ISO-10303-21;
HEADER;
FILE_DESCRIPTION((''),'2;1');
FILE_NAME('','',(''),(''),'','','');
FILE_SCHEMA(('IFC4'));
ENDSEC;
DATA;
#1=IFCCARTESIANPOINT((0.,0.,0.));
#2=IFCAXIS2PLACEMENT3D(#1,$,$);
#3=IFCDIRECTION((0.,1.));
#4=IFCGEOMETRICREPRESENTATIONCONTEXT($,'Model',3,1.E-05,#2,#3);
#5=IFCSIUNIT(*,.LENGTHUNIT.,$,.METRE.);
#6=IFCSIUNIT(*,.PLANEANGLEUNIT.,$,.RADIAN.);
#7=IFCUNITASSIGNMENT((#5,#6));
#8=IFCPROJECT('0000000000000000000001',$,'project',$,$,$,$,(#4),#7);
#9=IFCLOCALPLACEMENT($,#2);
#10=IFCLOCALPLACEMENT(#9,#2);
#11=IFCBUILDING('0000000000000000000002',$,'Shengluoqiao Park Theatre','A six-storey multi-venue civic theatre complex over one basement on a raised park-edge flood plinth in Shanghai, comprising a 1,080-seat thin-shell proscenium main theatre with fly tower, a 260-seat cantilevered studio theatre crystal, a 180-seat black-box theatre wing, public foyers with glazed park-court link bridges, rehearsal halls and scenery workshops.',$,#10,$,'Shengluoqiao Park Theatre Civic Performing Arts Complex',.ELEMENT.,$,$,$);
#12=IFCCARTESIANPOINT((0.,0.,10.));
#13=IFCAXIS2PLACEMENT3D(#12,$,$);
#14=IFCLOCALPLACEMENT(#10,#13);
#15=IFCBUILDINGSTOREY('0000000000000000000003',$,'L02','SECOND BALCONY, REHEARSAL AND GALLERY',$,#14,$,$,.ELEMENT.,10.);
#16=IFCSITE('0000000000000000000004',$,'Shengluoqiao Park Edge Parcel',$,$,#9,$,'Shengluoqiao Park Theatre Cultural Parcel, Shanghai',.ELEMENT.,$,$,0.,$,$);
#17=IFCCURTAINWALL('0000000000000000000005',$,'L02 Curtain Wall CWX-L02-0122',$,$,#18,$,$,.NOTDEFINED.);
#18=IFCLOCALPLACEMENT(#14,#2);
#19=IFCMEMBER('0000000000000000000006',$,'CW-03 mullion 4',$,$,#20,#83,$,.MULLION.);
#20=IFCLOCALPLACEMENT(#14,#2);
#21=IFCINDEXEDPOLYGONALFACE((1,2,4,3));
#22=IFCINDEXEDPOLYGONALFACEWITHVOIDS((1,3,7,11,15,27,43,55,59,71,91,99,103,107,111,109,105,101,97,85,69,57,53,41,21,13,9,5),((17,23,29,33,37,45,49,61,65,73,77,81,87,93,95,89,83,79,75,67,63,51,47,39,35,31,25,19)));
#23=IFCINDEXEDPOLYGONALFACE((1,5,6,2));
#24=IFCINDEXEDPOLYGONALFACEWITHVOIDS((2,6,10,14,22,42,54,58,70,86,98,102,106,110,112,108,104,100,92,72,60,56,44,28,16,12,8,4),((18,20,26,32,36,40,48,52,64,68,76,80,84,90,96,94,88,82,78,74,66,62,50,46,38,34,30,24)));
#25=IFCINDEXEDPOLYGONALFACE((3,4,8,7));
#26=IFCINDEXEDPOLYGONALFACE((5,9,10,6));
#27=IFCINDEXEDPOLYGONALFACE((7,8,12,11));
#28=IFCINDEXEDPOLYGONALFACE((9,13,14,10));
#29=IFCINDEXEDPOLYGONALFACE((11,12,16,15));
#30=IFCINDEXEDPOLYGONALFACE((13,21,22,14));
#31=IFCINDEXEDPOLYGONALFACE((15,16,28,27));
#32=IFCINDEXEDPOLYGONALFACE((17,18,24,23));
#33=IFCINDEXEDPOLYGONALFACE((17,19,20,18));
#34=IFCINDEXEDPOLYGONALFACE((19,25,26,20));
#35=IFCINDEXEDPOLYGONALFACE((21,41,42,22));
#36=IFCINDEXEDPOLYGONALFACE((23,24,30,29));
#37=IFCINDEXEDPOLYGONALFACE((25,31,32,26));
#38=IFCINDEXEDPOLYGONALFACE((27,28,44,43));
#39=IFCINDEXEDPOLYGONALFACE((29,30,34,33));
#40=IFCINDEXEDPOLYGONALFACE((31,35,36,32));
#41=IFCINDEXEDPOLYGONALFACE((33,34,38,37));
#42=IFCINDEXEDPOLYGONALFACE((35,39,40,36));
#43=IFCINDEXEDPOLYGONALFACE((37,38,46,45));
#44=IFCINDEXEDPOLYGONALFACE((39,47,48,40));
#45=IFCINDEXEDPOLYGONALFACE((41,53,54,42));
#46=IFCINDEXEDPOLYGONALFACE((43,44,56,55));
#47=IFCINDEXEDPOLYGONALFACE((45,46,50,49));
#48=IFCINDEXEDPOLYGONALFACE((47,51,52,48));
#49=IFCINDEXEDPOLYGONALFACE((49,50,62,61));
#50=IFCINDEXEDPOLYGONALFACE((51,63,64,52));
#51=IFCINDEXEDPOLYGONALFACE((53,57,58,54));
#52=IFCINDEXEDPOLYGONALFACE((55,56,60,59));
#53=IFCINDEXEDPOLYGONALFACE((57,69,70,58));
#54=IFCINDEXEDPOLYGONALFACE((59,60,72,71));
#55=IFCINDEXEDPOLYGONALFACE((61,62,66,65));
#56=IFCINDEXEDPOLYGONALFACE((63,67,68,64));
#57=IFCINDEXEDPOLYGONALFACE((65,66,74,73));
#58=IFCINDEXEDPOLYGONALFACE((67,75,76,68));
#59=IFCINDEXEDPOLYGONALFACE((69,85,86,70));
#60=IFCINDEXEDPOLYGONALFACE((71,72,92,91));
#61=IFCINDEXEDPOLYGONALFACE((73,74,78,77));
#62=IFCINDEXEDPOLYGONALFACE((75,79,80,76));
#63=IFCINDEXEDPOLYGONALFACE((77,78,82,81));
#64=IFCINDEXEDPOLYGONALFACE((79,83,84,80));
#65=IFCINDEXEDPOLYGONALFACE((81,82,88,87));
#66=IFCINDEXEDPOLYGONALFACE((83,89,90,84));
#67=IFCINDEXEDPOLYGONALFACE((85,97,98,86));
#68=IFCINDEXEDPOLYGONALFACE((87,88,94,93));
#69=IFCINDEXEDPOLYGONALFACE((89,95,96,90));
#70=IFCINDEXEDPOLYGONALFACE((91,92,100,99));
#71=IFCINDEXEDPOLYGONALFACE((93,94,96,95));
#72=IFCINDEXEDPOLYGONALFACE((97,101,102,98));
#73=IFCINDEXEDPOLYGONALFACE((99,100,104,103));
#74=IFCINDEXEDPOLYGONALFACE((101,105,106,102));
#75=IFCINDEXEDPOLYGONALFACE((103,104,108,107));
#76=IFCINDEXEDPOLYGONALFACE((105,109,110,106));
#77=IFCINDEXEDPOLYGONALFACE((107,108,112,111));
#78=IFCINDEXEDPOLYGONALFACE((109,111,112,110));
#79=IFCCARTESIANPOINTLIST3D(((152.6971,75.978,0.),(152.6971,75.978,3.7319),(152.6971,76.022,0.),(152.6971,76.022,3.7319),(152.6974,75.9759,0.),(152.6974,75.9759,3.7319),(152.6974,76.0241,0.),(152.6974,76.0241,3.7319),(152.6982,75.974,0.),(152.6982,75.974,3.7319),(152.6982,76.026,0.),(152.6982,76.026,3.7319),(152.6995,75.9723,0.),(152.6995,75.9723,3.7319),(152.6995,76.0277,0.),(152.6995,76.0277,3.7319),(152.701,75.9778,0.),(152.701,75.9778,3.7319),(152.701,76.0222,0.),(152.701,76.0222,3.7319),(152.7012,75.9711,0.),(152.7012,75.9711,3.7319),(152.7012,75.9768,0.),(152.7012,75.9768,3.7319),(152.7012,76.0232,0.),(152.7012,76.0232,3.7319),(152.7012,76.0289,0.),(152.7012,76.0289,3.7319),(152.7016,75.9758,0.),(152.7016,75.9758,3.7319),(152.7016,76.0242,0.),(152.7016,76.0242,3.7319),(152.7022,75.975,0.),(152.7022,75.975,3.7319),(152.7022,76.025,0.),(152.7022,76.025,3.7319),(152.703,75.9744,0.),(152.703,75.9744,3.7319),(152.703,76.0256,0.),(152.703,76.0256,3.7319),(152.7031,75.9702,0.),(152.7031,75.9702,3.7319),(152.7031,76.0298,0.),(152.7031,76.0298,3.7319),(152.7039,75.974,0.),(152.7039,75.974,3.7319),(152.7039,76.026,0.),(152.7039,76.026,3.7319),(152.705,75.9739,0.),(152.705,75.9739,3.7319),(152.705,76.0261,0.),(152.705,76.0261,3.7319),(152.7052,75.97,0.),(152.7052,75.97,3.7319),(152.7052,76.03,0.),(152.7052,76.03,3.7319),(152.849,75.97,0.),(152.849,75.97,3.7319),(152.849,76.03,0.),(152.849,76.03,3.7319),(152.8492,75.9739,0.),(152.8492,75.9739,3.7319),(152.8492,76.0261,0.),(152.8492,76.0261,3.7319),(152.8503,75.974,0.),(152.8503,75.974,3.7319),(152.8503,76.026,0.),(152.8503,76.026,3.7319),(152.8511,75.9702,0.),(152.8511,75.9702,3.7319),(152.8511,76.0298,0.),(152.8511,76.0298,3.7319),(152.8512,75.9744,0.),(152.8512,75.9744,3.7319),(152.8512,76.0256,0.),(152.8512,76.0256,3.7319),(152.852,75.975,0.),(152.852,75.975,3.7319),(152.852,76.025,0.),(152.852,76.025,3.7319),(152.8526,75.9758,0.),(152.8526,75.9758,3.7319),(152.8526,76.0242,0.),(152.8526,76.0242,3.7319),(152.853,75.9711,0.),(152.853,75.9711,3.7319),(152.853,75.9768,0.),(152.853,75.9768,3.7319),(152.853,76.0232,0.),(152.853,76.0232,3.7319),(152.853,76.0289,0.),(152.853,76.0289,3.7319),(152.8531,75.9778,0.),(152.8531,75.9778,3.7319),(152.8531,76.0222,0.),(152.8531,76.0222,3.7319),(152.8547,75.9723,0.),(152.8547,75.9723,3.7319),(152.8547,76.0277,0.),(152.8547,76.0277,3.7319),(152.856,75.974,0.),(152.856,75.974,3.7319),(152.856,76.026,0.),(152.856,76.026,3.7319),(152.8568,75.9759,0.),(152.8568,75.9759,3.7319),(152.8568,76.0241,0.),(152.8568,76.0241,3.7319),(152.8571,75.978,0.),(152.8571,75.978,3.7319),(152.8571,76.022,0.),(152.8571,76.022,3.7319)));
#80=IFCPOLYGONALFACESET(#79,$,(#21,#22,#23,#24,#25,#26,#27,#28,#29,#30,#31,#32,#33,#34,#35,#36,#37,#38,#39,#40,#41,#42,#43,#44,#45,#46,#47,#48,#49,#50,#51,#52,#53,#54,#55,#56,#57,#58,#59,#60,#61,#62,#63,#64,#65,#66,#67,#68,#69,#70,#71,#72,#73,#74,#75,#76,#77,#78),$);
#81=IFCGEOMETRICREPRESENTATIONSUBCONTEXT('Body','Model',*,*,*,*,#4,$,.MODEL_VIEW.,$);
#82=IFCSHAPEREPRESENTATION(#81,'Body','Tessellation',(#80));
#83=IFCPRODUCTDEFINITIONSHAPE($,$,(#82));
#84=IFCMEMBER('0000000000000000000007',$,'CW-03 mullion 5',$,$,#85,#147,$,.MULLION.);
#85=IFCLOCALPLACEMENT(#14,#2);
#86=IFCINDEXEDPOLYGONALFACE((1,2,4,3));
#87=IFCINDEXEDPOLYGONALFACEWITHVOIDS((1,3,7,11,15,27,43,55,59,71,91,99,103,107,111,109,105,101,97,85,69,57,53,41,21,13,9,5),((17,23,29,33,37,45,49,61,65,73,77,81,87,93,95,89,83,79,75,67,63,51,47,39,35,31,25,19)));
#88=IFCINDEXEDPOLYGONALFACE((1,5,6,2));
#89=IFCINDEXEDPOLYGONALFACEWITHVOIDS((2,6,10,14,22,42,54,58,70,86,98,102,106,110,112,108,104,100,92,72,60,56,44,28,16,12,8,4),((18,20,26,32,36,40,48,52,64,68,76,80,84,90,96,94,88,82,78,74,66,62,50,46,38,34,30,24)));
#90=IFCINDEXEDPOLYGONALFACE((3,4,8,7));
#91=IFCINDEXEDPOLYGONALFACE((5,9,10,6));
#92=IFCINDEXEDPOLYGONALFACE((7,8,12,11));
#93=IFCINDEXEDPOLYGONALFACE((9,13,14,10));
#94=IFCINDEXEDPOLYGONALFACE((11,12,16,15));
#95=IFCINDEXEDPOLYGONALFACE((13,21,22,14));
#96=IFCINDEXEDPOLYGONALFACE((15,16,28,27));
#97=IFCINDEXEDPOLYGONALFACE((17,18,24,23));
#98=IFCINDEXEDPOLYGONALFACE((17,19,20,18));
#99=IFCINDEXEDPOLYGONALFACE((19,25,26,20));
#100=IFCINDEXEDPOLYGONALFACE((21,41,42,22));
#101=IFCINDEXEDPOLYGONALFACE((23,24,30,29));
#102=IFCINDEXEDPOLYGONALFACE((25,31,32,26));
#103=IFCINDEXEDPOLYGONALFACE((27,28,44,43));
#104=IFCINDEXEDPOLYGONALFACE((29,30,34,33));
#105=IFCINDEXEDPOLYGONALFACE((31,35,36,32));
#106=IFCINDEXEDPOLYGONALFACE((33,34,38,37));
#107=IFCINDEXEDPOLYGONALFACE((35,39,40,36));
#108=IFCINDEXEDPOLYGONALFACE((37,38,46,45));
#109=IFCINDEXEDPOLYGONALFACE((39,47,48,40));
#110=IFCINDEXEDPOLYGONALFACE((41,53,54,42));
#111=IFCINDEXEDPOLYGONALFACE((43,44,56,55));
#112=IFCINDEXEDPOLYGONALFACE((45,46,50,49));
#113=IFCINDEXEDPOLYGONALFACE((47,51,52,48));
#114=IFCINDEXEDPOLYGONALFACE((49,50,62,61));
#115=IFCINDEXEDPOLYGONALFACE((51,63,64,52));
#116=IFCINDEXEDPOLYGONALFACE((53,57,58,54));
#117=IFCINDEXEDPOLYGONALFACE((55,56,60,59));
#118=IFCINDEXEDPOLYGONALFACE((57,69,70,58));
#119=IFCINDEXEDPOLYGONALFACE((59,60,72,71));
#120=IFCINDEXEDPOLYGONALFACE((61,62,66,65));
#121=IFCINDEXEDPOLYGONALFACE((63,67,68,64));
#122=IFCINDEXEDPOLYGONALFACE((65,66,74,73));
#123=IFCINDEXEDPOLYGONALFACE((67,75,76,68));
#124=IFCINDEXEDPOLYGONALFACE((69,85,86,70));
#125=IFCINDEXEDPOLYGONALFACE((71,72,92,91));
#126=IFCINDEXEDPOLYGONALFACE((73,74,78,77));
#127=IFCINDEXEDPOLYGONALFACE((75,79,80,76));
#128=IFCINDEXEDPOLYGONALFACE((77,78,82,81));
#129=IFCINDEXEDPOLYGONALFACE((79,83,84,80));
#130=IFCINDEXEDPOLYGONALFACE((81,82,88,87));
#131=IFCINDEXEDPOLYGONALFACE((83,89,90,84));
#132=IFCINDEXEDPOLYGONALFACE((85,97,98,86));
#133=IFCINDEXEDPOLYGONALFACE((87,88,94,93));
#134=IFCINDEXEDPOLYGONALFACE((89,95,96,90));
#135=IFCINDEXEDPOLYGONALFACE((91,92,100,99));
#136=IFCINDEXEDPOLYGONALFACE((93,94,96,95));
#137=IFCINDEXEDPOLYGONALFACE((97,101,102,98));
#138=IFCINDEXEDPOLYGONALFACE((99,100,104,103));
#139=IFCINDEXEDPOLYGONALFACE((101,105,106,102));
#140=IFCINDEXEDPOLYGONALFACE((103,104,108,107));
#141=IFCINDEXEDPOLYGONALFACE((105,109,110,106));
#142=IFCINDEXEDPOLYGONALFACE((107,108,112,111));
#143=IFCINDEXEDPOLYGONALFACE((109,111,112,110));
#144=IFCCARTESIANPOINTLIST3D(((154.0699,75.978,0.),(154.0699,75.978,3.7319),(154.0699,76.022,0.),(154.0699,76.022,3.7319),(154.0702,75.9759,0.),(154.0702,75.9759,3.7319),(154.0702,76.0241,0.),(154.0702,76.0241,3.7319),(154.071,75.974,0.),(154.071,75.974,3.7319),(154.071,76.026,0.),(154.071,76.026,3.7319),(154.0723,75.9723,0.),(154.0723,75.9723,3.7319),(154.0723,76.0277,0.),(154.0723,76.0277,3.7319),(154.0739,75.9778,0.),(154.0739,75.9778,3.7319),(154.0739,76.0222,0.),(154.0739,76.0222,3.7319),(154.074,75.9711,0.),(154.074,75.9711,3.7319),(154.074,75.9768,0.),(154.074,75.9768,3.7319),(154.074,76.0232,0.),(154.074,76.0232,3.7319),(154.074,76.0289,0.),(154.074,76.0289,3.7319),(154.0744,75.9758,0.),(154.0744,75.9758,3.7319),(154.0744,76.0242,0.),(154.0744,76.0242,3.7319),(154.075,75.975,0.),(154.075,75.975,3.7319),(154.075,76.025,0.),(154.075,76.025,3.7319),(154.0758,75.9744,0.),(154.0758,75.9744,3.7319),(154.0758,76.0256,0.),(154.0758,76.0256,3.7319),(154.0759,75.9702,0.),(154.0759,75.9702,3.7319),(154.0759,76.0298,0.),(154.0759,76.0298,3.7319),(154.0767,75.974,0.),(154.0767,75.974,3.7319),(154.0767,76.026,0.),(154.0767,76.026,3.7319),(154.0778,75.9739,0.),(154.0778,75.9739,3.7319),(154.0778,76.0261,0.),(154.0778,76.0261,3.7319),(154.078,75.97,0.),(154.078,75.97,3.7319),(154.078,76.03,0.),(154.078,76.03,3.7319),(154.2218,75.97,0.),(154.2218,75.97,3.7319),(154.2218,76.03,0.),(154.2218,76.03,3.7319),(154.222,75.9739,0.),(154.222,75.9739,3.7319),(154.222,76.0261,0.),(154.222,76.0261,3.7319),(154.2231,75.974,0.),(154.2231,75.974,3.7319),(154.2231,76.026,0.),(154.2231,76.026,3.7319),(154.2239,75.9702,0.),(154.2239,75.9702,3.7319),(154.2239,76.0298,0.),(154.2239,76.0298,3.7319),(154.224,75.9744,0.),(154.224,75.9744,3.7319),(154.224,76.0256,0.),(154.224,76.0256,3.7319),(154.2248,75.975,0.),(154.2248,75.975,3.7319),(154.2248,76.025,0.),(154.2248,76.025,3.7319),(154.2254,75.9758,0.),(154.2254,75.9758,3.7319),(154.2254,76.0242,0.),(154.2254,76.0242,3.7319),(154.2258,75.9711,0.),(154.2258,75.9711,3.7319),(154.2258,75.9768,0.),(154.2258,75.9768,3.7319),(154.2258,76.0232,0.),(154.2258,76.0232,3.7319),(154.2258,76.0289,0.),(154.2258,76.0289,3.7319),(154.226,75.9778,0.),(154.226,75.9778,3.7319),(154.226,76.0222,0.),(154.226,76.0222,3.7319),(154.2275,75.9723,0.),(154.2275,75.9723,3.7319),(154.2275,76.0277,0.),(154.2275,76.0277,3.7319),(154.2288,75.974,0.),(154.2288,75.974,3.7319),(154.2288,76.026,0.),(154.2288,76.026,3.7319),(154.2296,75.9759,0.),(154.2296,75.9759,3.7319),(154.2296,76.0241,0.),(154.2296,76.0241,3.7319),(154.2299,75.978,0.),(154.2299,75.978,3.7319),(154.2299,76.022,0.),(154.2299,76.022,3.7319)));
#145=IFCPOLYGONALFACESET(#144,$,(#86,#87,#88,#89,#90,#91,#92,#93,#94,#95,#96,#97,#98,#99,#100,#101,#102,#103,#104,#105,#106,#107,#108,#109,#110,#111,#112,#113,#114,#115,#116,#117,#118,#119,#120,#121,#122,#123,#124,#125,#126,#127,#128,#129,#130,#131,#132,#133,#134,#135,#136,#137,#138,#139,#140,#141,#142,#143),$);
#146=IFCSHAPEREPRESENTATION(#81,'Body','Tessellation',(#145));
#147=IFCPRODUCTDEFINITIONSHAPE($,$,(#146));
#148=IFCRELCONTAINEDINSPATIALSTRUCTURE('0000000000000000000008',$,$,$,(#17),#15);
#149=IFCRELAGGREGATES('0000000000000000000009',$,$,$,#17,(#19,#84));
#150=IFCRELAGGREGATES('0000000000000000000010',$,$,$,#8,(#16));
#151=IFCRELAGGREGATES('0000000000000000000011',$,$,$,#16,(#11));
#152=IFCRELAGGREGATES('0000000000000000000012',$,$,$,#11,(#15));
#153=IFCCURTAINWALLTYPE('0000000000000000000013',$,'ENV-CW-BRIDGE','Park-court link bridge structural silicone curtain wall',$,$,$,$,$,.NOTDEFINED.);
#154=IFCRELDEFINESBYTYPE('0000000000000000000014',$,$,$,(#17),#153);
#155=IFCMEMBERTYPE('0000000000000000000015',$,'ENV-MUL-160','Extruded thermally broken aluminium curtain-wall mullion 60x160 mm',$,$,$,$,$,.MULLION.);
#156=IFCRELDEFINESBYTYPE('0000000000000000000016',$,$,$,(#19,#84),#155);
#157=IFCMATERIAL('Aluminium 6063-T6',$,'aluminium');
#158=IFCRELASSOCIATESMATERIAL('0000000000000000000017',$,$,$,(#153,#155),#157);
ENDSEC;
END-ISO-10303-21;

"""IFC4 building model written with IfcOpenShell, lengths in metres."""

from ifc_helpers import new_model, si_unit, direction, frame, origin, origin_2d, place, context, subcontext, project, spatial, hollow_rectangle, extrude, material, material_profile, profile_set, type_object, element, aggregate, save


model = new_model("IFC4")

# Units and contexts
model_context = context("Model", 3, precision=1e-05, world=origin(), true_north=direction((0.0, 1.0)))
body_context = subcontext(model_context, "Body", "Model", "MODEL_VIEW")
ifc_project = project(units=[si_unit("LENGTHUNIT", "METRE"), si_unit("PLANEANGLEUNIT", "RADIAN")], contexts=[model_context])

# Site, building, storey
site_placement = place(None, origin())
site = spatial("IfcSite", under=ifc_project, at=site_placement, Name="Shengluoqiao Park Edge Parcel", LongName="Shengluoqiao Park Theatre Cultural Parcel, Shanghai", CompositionType="ELEMENT", RefElevation=0.0)
building_placement = place(site_placement, origin())
building = spatial("IfcBuilding", under=site, at=building_placement, Name="Shengluoqiao Park Theatre", Description="A six-storey multi-venue civic theatre complex over one basement on a raised park-edge flood plinth in Shanghai, comprising a 1,080-seat thin-shell proscenium main theatre with fly tower, a 260-seat cantilevered studio theatre crystal, a 180-seat black-box theatre wing, public foyers with glazed park-court link bridges, rehearsal halls and scenery workshops.", LongName="Shengluoqiao Park Theatre Civic Performing Arts Complex", CompositionType="ELEMENT")
storey_placement = place(building_placement, frame((0.0, 0.0, 10.0)))
storey = spatial("IfcBuildingStorey", under=building, at=storey_placement, Name="L02", Description="SECOND BALCONY, REHEARSAL AND GALLERY", CompositionType="ELEMENT", Elevation=10.0)

# Curtain wall, members
ifc_material_1 = material(Name="Aluminium 6063-T6", Category="aluminium")
curtain_wall_type = type_object("IfcCurtainWallType", Name="ENV-CW-BRIDGE", Description="Park-court link bridge structural silicone curtain wall", PredefinedType="NOTDEFINED", material=ifc_material_1)
curtain_wall_placement = place(storey_placement, origin())
curtain_wall = element("IfcCurtainWall", 1, at=curtain_wall_placement, inside=storey, type_object=curtain_wall_type, Name="L02 Curtain Wall CWX-L02-0122", PredefinedType="NOTDEFINED")
ifc_material_profile_1 = material_profile(ifc_material_1, hollow_rectangle(XDim=0.0601, YDim=0.1599, WallThickness=0.0039, InnerFilletRadius=0.0039, OuterFilletRadius=0.0081, at=origin_2d()), Name="ALU MULLION 160x60x4")
ifc_profile_set_1 = profile_set([ifc_material_profile_1], Name="Aluminium 6063-T6")
member_type_1 = type_object("IfcMemberType", Name="ENV-MUL-160", Description="Extruded thermally broken aluminium curtain-wall mullion 60x160 mm", PredefinedType="MULLION", material=ifc_profile_set_1)
member_1_placement = place(storey_placement, frame((152.7771, 76.0, 0.0), z_axis=(0.0, 0.0, 1.0), x_axis=(0.0, 1.0, 0.0)))
member_1 = element("IfcMember", 2, at=member_1_placement, type_object=member_type_1, Name="CW-03 mullion 4", PredefinedType="MULLION", context=body_context, shape_type="SweptSolid", body=[
    extrude(hollow_rectangle(XDim=0.0601, YDim=0.1599, WallThickness=0.0039, InnerFilletRadius=0.0039, OuterFilletRadius=0.0081, at=origin_2d()), origin(), (0.0, 0.0, 1.0), 3.7319),
])
member_2_placement = place(storey_placement, frame((154.1499, 76.0, 0.0), z_axis=(0.0, 0.0, 1.0), x_axis=(0.0, 1.0, 0.0)))
member_2 = element("IfcMember", 3, at=member_2_placement, type_object=member_type_1, Name="CW-03 mullion 5", PredefinedType="MULLION", context=body_context, shape_type="SweptSolid", body=[
    extrude(hollow_rectangle(XDim=0.0601, YDim=0.1599, WallThickness=0.0039, InnerFilletRadius=0.0039, OuterFilletRadius=0.0081, at=origin_2d()), origin(), (0.0, 0.0, 1.0), 3.7319),
])
aggregate(curtain_wall, [member_1, member_2])

save(model, "model.ifc")
